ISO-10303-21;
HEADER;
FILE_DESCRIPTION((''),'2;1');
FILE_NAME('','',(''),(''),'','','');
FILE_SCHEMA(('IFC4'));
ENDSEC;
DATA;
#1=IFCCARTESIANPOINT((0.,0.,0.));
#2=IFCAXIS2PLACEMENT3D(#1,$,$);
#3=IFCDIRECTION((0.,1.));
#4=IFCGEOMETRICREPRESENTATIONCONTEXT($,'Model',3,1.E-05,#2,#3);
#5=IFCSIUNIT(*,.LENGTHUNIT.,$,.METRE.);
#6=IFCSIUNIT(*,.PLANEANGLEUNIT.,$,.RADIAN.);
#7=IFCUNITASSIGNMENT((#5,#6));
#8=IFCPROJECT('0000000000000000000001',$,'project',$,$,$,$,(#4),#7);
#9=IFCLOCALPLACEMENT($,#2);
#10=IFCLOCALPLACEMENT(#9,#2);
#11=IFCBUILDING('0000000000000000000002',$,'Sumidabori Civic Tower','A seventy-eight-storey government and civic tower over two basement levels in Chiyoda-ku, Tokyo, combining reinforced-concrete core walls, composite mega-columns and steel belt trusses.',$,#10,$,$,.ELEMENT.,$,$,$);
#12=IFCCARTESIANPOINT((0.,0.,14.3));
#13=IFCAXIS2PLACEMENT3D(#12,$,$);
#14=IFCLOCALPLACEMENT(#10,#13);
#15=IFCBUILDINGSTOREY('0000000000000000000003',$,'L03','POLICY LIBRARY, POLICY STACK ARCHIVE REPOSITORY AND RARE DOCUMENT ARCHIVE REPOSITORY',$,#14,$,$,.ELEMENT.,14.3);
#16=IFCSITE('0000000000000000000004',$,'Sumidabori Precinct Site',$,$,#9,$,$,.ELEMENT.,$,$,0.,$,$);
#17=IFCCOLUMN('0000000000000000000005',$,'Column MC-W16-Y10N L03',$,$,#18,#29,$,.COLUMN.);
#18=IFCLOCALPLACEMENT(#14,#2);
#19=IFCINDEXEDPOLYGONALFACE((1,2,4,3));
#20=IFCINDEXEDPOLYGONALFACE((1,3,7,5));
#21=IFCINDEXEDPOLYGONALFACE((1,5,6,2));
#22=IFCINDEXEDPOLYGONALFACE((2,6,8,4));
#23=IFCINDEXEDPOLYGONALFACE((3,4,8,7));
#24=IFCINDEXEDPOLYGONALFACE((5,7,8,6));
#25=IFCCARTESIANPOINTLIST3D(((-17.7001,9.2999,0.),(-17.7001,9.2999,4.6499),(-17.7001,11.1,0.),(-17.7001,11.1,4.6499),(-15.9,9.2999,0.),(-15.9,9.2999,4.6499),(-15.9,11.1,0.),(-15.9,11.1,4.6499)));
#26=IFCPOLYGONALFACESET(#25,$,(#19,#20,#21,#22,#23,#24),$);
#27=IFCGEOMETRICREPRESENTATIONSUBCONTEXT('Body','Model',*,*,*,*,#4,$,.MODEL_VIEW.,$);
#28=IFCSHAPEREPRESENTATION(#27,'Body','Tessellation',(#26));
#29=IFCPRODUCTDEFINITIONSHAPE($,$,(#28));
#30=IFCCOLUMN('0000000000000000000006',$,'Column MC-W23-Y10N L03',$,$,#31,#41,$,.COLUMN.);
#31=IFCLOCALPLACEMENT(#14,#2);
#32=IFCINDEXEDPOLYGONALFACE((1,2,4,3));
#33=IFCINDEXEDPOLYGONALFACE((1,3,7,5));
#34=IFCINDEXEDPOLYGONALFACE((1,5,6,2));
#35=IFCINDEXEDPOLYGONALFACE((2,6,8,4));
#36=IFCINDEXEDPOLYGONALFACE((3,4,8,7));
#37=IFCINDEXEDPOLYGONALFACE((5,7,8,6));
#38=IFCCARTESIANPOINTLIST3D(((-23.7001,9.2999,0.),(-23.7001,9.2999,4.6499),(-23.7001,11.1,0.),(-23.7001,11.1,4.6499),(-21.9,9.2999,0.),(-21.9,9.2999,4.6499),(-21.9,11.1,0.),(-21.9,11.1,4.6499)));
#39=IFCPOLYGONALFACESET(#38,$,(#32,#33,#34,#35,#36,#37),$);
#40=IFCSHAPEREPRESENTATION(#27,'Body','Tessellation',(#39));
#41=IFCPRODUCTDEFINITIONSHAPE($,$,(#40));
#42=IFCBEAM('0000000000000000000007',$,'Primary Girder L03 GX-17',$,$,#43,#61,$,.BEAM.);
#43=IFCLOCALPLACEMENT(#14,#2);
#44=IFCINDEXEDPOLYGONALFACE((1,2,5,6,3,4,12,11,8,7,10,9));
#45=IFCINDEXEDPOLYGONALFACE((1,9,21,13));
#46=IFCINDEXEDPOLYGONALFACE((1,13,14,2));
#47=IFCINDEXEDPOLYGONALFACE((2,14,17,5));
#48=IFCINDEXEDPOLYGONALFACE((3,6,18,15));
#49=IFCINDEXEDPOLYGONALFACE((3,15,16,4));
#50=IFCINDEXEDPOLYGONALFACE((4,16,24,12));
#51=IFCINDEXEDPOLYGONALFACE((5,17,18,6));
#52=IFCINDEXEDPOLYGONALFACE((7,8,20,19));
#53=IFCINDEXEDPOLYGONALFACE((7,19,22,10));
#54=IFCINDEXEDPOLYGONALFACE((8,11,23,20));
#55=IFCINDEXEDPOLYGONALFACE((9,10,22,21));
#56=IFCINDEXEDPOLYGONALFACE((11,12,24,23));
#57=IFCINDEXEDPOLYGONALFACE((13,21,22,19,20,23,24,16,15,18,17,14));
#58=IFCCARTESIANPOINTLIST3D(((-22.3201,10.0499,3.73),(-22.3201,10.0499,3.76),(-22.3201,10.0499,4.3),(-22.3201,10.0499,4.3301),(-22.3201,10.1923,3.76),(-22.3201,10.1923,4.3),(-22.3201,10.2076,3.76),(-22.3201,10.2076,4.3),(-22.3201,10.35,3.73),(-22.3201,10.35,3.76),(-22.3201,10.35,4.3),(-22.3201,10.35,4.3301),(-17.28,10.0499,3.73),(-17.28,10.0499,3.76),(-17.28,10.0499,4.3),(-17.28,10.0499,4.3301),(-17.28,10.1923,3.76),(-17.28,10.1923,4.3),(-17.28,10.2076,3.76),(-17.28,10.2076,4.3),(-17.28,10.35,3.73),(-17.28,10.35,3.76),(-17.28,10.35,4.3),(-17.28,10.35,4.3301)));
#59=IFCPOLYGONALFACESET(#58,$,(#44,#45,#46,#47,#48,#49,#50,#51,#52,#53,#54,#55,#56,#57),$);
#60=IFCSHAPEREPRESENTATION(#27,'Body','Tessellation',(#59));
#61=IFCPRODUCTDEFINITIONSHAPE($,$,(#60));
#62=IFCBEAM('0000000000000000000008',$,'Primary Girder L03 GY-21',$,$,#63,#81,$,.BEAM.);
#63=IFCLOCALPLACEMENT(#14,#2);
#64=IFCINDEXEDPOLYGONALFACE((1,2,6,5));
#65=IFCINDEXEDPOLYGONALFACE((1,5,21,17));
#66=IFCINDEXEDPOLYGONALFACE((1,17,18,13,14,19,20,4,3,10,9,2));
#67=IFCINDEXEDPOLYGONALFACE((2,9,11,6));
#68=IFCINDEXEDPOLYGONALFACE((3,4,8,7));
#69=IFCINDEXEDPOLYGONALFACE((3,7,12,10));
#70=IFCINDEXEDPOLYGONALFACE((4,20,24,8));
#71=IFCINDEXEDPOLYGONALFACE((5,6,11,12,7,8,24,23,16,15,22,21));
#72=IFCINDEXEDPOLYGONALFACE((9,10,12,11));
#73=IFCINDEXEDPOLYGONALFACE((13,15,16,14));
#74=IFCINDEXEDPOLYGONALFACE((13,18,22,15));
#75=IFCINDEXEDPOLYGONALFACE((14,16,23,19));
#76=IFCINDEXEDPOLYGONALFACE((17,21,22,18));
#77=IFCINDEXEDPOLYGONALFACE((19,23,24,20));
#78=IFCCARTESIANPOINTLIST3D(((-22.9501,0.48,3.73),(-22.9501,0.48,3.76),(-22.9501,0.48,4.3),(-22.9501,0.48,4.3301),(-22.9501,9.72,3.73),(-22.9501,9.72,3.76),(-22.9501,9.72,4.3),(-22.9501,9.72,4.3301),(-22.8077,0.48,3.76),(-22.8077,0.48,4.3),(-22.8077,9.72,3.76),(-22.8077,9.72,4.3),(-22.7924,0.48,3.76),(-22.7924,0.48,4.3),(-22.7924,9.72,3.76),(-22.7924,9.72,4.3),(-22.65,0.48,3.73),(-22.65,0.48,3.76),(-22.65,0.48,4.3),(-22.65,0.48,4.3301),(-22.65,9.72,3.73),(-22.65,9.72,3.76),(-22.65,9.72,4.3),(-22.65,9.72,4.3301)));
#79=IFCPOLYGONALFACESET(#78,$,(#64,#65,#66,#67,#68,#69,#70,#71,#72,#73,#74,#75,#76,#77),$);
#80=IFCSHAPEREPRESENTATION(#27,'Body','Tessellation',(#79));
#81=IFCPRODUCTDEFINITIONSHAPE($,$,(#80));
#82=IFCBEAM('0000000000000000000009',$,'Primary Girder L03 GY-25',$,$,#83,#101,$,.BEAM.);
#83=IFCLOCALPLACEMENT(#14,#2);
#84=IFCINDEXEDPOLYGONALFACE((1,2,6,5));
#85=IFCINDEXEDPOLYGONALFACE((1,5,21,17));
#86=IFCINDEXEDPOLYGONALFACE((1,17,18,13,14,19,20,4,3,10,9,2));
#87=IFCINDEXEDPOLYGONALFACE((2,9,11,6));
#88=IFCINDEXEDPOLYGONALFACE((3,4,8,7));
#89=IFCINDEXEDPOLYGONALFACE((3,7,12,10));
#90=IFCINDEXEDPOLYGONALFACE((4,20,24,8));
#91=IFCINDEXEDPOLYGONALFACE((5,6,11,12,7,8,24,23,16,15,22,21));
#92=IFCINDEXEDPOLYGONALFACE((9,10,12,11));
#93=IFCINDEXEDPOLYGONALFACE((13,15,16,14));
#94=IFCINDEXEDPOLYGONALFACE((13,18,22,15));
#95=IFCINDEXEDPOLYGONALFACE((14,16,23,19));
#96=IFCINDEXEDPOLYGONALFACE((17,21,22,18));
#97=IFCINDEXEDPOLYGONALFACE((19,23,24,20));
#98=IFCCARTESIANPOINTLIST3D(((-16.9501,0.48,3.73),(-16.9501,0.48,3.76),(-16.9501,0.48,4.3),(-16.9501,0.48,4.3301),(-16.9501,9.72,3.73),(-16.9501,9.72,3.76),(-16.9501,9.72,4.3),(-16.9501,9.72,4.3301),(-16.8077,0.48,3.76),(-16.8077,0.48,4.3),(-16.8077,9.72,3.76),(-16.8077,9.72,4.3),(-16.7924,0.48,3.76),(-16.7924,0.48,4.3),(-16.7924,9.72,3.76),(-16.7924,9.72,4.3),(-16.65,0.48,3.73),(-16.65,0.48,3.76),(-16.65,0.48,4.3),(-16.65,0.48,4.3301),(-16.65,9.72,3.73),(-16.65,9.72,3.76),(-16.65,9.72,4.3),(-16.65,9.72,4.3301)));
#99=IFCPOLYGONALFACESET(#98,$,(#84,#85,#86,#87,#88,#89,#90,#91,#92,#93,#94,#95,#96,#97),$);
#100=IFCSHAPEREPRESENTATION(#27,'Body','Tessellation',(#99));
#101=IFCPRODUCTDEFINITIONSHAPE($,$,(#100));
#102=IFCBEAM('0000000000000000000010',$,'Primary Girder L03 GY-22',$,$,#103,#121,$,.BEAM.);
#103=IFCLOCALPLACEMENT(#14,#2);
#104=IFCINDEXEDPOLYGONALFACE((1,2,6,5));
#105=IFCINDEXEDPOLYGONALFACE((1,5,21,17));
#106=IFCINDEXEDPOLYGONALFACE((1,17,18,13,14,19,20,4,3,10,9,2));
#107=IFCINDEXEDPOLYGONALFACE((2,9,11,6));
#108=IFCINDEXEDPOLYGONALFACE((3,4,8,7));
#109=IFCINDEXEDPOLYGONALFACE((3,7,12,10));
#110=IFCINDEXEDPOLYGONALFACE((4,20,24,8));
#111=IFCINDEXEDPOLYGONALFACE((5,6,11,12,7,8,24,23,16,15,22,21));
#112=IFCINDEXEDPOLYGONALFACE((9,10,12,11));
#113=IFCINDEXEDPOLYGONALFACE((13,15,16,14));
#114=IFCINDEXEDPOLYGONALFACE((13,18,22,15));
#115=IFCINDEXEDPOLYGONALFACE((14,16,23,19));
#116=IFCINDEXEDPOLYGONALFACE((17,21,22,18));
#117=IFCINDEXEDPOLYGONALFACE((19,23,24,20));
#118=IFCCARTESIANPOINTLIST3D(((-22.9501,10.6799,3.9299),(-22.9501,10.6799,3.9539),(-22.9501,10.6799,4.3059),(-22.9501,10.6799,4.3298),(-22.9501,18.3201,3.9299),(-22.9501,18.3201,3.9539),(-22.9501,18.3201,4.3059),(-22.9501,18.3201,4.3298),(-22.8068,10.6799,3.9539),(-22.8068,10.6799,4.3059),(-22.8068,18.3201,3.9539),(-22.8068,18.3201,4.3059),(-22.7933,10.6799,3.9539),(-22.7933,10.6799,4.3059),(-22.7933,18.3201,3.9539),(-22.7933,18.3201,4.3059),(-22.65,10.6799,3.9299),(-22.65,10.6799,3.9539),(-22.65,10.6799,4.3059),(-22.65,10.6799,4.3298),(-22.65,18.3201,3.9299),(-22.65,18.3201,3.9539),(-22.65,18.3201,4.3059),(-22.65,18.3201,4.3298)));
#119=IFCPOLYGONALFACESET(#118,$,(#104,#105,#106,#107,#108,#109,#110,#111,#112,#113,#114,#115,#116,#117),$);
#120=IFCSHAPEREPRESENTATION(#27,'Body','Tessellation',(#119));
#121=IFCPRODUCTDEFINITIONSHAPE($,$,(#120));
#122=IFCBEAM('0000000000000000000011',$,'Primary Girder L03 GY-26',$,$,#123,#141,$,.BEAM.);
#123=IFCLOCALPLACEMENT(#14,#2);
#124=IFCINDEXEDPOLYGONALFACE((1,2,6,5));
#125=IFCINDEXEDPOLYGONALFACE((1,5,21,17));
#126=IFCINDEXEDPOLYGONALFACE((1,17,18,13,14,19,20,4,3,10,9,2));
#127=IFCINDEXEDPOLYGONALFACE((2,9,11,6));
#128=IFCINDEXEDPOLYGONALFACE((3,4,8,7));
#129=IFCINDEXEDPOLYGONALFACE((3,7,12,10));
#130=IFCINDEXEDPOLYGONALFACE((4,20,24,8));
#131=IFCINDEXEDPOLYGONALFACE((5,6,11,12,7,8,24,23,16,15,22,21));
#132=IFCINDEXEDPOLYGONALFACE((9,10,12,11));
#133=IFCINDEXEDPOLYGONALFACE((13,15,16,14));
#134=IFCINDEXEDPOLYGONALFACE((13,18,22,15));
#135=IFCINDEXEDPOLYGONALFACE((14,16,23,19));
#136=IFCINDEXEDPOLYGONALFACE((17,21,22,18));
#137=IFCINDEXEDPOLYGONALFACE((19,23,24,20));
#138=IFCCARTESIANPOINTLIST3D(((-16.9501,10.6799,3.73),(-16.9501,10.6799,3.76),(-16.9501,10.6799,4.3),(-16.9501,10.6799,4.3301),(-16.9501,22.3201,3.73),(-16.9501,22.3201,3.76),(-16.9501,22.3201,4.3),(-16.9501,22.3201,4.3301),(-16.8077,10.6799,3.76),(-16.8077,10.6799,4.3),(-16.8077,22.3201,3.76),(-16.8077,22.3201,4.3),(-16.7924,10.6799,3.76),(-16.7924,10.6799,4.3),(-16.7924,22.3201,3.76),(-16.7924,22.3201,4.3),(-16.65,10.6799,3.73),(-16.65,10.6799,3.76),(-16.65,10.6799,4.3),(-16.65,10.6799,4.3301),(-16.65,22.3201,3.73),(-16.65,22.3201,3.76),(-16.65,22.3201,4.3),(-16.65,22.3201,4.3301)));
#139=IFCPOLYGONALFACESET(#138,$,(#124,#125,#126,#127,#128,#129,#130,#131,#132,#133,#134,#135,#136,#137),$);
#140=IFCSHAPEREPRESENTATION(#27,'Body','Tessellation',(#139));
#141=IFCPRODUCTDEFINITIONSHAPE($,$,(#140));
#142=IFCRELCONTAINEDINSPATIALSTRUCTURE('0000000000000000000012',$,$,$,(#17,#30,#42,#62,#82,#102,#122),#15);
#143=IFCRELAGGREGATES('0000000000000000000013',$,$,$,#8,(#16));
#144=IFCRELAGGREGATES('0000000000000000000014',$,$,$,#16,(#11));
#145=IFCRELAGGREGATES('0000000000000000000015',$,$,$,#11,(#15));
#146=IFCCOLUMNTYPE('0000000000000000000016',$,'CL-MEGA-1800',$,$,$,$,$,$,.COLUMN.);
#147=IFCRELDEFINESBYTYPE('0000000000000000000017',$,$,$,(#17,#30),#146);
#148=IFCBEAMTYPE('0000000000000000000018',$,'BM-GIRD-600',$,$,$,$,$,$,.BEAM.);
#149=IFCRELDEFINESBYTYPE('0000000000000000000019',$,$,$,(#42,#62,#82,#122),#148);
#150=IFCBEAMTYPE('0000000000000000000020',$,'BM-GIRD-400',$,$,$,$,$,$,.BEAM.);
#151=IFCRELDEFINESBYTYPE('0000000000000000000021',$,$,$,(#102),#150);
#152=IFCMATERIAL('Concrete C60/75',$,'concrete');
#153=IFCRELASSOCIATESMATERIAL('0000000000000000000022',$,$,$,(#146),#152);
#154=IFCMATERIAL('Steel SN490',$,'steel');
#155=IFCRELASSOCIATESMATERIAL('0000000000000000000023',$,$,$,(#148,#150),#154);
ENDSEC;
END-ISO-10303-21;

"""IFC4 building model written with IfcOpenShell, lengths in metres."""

from ifc_helpers import new_model, si_unit, direction, frame, origin, origin_2d, place, context, subcontext, project, spatial, rectangle, i_section, extrude, source, transform, mapped, material, material_profile, profile_set, type_object, element, save


model = new_model("IFC4")

# Units and contexts
model_context = context("Model", 3, precision=1e-05, world=origin(), true_north=direction((0.0, 1.0)))
body_context = subcontext(model_context, "Body", "Model", "MODEL_VIEW")
ifc_project = project(units=[si_unit("LENGTHUNIT", "METRE"), si_unit("PLANEANGLEUNIT", "RADIAN")], contexts=[model_context])

# Site, building, storey
site_placement = place(None, origin())
site = spatial("IfcSite", under=ifc_project, at=site_placement, Name="Sumidabori Precinct Site", CompositionType="ELEMENT", RefElevation=0.0)
building_placement = place(site_placement, origin())
building = spatial("IfcBuilding", under=site, at=building_placement, Name="Sumidabori Civic Tower", Description="A seventy-eight-storey government and civic tower over two basement levels in Chiyoda-ku, Tokyo, combining reinforced-concrete core walls, composite mega-columns and steel belt trusses.", CompositionType="ELEMENT")
storey_placement = place(building_placement, frame((0.0, 0.0, 14.3)))
storey = spatial("IfcBuildingStorey", under=building, at=storey_placement, Name="L03", Description="POLICY LIBRARY, POLICY STACK ARCHIVE REPOSITORY AND RARE DOCUMENT ARCHIVE REPOSITORY", CompositionType="ELEMENT", Elevation=14.3)

# Columns
ifc_material_1 = material(Name="Concrete C60/75", Category="concrete")
ifc_material_profile_1 = material_profile(ifc_material_1, rectangle(XDim=1.8, YDim=1.8, at=origin_2d()), Name="RC 1800x1800")
ifc_profile_set_1 = profile_set([ifc_material_profile_1], Name="Concrete C60/75")
column_type = type_object("IfcColumnType", Name="CL-MEGA-1800", PredefinedType="COLUMN", material=ifc_profile_set_1)
shared_shape_1 = source(origin(), body_context, "Body", "SweptSolid", [
    extrude(rectangle(XDim=1.8, YDim=1.8, at=origin_2d()), origin(), (0.0, 0.0, 1.0), 4.6499),
])
for number, where, z_axis, x_axis, name in (
    (1, (-16.8, 10.2, 0.0), (0.0, 0.0, 1.0), (1.0, 0.0, 0.0), "Column MC-W16-Y10N L03"),
    (2, (-22.8, 10.2, 0.0), (0.0, 0.0, 1.0), (1.0, 0.0, 0.0), "Column MC-W23-Y10N L03"),
):
    element("IfcColumn", number, at=place(storey_placement, frame(where, z_axis=z_axis, x_axis=x_axis)), inside=storey, type_object=column_type, Name=name, PredefinedType="COLUMN", context=body_context, shape_type="MappedRepresentation", body=[
        mapped(shared_shape_1, transform((0.0, 0.0, 0.0), x_axis=(1.0, 0.0, 0.0), y_axis=(0.0, 1.0, 0.0), z_axis=(0.0, 0.0, 1.0), scale=1.0)),
    ])

# Beams
ifc_material_2 = material(Name="Steel SN490", Category="steel")
ifc_material_profile_2 = material_profile(ifc_material_2, i_section(OverallWidth=0.3, OverallDepth=0.6001, WebThickness=0.0154, FlangeThickness=0.03, at=origin_2d()), Name="HE 600 B")
ifc_profile_set_2 = profile_set([ifc_material_profile_2], Name="Steel SN490")
beam_type_1 = type_object("IfcBeamType", Name="BM-GIRD-600", PredefinedType="BEAM", material=ifc_profile_set_2)
shared_shape_2 = source(origin(), body_context, "Body", "SweptSolid", [
    extrude(i_section(OverallWidth=0.3, OverallDepth=0.6001, WebThickness=0.0154, FlangeThickness=0.03, at=origin_2d()), origin(), (0.0, 0.0, 1.0), 5.04),
])
beam_1_placement = place(storey_placement, frame((-22.3201, 10.2, 4.03), z_axis=(1.0, 0.0, 0.0), x_axis=(0.0, 1.0, 0.0)))
element("IfcBeam", 3, at=beam_1_placement, inside=storey, type_object=beam_type_1, Name="Primary Girder L03 GX-17", PredefinedType="BEAM", context=body_context, shape_type="MappedRepresentation", body=[
    mapped(shared_shape_2, transform((0.0, 0.0, 0.0), x_axis=(1.0, 0.0, 0.0), y_axis=(0.0, 1.0, 0.0), z_axis=(0.0, 0.0, 1.0), scale=1.0)),
])
shared_shape_3 = source(origin(), body_context, "Body", "SweptSolid", [
    extrude(i_section(OverallWidth=0.3, OverallDepth=0.6001, WebThickness=0.0154, FlangeThickness=0.03, at=origin_2d()), origin(), (0.0, 0.0, 1.0), 9.24),
])
for number, where, z_axis, x_axis, name in (
    (4, (-22.8, 0.48, 4.03), (0.0, 1.0, 0.0), (-1.0, 0.0, 0.0), "Primary Girder L03 GY-21"),
    (5, (-16.8, 0.48, 4.03), (0.0, 1.0, 0.0), (-1.0, 0.0, 0.0), "Primary Girder L03 GY-25"),
):
    element("IfcBeam", number, at=place(storey_placement, frame(where, z_axis=z_axis, x_axis=x_axis)), inside=storey, type_object=beam_type_1, Name=name, PredefinedType="BEAM", context=body_context, shape_type="MappedRepresentation", body=[
        mapped(shared_shape_3, transform((0.0, 0.0, 0.0), x_axis=(1.0, 0.0, 0.0), y_axis=(0.0, 1.0, 0.0), z_axis=(0.0, 0.0, 1.0), scale=1.0)),
    ])
ifc_material_profile_3 = material_profile(ifc_material_2, i_section(OverallWidth=0.3, OverallDepth=0.3999, WebThickness=0.0134, FlangeThickness=0.0239, at=origin_2d()), Name="HE 400 B")
ifc_profile_set_3 = profile_set([ifc_material_profile_3], Name="Steel SN490")
beam_type_2 = type_object("IfcBeamType", Name="BM-GIRD-400", PredefinedType="BEAM", material=ifc_profile_set_3)
shared_shape_4 = source(origin(), body_context, "Body", "SweptSolid", [
    extrude(i_section(OverallWidth=0.3, OverallDepth=0.3999, WebThickness=0.0134, FlangeThickness=0.0239, at=origin_2d()), origin(), (0.0, 0.0, 1.0), 7.6401),
])
beam_2_placement = place(storey_placement, frame((-22.8, 10.6799, 4.1299), z_axis=(0.0, 1.0, 0.0), x_axis=(-1.0, 0.0, 0.0)))
element("IfcBeam", 6, at=beam_2_placement, inside=storey, type_object=beam_type_2, Name="Primary Girder L03 GY-22", PredefinedType="BEAM", context=body_context, shape_type="MappedRepresentation", body=[
    mapped(shared_shape_4, transform((0.0, 0.0, 0.0), x_axis=(1.0, 0.0, 0.0), y_axis=(0.0, 1.0, 0.0), z_axis=(0.0, 0.0, 1.0), scale=1.0)),
])
shared_shape_5 = source(origin(), body_context, "Body", "SweptSolid", [
    extrude(i_section(OverallWidth=0.3, OverallDepth=0.6001, WebThickness=0.0154, FlangeThickness=0.03, at=origin_2d()), origin(), (0.0, 0.0, 1.0), 11.6401),
])
beam_3_placement = place(storey_placement, frame((-16.8, 10.6799, 4.03), z_axis=(0.0, 1.0, 0.0), x_axis=(-1.0, 0.0, 0.0)))
element("IfcBeam", 7, at=beam_3_placement, inside=storey, type_object=beam_type_1, Name="Primary Girder L03 GY-26", PredefinedType="BEAM", context=body_context, shape_type="MappedRepresentation", body=[
    mapped(shared_shape_5, transform((0.0, 0.0, 0.0), x_axis=(1.0, 0.0, 0.0), y_axis=(0.0, 1.0, 0.0), z_axis=(0.0, 0.0, 1.0), scale=1.0)),
])

save(model, "model.ifc")
